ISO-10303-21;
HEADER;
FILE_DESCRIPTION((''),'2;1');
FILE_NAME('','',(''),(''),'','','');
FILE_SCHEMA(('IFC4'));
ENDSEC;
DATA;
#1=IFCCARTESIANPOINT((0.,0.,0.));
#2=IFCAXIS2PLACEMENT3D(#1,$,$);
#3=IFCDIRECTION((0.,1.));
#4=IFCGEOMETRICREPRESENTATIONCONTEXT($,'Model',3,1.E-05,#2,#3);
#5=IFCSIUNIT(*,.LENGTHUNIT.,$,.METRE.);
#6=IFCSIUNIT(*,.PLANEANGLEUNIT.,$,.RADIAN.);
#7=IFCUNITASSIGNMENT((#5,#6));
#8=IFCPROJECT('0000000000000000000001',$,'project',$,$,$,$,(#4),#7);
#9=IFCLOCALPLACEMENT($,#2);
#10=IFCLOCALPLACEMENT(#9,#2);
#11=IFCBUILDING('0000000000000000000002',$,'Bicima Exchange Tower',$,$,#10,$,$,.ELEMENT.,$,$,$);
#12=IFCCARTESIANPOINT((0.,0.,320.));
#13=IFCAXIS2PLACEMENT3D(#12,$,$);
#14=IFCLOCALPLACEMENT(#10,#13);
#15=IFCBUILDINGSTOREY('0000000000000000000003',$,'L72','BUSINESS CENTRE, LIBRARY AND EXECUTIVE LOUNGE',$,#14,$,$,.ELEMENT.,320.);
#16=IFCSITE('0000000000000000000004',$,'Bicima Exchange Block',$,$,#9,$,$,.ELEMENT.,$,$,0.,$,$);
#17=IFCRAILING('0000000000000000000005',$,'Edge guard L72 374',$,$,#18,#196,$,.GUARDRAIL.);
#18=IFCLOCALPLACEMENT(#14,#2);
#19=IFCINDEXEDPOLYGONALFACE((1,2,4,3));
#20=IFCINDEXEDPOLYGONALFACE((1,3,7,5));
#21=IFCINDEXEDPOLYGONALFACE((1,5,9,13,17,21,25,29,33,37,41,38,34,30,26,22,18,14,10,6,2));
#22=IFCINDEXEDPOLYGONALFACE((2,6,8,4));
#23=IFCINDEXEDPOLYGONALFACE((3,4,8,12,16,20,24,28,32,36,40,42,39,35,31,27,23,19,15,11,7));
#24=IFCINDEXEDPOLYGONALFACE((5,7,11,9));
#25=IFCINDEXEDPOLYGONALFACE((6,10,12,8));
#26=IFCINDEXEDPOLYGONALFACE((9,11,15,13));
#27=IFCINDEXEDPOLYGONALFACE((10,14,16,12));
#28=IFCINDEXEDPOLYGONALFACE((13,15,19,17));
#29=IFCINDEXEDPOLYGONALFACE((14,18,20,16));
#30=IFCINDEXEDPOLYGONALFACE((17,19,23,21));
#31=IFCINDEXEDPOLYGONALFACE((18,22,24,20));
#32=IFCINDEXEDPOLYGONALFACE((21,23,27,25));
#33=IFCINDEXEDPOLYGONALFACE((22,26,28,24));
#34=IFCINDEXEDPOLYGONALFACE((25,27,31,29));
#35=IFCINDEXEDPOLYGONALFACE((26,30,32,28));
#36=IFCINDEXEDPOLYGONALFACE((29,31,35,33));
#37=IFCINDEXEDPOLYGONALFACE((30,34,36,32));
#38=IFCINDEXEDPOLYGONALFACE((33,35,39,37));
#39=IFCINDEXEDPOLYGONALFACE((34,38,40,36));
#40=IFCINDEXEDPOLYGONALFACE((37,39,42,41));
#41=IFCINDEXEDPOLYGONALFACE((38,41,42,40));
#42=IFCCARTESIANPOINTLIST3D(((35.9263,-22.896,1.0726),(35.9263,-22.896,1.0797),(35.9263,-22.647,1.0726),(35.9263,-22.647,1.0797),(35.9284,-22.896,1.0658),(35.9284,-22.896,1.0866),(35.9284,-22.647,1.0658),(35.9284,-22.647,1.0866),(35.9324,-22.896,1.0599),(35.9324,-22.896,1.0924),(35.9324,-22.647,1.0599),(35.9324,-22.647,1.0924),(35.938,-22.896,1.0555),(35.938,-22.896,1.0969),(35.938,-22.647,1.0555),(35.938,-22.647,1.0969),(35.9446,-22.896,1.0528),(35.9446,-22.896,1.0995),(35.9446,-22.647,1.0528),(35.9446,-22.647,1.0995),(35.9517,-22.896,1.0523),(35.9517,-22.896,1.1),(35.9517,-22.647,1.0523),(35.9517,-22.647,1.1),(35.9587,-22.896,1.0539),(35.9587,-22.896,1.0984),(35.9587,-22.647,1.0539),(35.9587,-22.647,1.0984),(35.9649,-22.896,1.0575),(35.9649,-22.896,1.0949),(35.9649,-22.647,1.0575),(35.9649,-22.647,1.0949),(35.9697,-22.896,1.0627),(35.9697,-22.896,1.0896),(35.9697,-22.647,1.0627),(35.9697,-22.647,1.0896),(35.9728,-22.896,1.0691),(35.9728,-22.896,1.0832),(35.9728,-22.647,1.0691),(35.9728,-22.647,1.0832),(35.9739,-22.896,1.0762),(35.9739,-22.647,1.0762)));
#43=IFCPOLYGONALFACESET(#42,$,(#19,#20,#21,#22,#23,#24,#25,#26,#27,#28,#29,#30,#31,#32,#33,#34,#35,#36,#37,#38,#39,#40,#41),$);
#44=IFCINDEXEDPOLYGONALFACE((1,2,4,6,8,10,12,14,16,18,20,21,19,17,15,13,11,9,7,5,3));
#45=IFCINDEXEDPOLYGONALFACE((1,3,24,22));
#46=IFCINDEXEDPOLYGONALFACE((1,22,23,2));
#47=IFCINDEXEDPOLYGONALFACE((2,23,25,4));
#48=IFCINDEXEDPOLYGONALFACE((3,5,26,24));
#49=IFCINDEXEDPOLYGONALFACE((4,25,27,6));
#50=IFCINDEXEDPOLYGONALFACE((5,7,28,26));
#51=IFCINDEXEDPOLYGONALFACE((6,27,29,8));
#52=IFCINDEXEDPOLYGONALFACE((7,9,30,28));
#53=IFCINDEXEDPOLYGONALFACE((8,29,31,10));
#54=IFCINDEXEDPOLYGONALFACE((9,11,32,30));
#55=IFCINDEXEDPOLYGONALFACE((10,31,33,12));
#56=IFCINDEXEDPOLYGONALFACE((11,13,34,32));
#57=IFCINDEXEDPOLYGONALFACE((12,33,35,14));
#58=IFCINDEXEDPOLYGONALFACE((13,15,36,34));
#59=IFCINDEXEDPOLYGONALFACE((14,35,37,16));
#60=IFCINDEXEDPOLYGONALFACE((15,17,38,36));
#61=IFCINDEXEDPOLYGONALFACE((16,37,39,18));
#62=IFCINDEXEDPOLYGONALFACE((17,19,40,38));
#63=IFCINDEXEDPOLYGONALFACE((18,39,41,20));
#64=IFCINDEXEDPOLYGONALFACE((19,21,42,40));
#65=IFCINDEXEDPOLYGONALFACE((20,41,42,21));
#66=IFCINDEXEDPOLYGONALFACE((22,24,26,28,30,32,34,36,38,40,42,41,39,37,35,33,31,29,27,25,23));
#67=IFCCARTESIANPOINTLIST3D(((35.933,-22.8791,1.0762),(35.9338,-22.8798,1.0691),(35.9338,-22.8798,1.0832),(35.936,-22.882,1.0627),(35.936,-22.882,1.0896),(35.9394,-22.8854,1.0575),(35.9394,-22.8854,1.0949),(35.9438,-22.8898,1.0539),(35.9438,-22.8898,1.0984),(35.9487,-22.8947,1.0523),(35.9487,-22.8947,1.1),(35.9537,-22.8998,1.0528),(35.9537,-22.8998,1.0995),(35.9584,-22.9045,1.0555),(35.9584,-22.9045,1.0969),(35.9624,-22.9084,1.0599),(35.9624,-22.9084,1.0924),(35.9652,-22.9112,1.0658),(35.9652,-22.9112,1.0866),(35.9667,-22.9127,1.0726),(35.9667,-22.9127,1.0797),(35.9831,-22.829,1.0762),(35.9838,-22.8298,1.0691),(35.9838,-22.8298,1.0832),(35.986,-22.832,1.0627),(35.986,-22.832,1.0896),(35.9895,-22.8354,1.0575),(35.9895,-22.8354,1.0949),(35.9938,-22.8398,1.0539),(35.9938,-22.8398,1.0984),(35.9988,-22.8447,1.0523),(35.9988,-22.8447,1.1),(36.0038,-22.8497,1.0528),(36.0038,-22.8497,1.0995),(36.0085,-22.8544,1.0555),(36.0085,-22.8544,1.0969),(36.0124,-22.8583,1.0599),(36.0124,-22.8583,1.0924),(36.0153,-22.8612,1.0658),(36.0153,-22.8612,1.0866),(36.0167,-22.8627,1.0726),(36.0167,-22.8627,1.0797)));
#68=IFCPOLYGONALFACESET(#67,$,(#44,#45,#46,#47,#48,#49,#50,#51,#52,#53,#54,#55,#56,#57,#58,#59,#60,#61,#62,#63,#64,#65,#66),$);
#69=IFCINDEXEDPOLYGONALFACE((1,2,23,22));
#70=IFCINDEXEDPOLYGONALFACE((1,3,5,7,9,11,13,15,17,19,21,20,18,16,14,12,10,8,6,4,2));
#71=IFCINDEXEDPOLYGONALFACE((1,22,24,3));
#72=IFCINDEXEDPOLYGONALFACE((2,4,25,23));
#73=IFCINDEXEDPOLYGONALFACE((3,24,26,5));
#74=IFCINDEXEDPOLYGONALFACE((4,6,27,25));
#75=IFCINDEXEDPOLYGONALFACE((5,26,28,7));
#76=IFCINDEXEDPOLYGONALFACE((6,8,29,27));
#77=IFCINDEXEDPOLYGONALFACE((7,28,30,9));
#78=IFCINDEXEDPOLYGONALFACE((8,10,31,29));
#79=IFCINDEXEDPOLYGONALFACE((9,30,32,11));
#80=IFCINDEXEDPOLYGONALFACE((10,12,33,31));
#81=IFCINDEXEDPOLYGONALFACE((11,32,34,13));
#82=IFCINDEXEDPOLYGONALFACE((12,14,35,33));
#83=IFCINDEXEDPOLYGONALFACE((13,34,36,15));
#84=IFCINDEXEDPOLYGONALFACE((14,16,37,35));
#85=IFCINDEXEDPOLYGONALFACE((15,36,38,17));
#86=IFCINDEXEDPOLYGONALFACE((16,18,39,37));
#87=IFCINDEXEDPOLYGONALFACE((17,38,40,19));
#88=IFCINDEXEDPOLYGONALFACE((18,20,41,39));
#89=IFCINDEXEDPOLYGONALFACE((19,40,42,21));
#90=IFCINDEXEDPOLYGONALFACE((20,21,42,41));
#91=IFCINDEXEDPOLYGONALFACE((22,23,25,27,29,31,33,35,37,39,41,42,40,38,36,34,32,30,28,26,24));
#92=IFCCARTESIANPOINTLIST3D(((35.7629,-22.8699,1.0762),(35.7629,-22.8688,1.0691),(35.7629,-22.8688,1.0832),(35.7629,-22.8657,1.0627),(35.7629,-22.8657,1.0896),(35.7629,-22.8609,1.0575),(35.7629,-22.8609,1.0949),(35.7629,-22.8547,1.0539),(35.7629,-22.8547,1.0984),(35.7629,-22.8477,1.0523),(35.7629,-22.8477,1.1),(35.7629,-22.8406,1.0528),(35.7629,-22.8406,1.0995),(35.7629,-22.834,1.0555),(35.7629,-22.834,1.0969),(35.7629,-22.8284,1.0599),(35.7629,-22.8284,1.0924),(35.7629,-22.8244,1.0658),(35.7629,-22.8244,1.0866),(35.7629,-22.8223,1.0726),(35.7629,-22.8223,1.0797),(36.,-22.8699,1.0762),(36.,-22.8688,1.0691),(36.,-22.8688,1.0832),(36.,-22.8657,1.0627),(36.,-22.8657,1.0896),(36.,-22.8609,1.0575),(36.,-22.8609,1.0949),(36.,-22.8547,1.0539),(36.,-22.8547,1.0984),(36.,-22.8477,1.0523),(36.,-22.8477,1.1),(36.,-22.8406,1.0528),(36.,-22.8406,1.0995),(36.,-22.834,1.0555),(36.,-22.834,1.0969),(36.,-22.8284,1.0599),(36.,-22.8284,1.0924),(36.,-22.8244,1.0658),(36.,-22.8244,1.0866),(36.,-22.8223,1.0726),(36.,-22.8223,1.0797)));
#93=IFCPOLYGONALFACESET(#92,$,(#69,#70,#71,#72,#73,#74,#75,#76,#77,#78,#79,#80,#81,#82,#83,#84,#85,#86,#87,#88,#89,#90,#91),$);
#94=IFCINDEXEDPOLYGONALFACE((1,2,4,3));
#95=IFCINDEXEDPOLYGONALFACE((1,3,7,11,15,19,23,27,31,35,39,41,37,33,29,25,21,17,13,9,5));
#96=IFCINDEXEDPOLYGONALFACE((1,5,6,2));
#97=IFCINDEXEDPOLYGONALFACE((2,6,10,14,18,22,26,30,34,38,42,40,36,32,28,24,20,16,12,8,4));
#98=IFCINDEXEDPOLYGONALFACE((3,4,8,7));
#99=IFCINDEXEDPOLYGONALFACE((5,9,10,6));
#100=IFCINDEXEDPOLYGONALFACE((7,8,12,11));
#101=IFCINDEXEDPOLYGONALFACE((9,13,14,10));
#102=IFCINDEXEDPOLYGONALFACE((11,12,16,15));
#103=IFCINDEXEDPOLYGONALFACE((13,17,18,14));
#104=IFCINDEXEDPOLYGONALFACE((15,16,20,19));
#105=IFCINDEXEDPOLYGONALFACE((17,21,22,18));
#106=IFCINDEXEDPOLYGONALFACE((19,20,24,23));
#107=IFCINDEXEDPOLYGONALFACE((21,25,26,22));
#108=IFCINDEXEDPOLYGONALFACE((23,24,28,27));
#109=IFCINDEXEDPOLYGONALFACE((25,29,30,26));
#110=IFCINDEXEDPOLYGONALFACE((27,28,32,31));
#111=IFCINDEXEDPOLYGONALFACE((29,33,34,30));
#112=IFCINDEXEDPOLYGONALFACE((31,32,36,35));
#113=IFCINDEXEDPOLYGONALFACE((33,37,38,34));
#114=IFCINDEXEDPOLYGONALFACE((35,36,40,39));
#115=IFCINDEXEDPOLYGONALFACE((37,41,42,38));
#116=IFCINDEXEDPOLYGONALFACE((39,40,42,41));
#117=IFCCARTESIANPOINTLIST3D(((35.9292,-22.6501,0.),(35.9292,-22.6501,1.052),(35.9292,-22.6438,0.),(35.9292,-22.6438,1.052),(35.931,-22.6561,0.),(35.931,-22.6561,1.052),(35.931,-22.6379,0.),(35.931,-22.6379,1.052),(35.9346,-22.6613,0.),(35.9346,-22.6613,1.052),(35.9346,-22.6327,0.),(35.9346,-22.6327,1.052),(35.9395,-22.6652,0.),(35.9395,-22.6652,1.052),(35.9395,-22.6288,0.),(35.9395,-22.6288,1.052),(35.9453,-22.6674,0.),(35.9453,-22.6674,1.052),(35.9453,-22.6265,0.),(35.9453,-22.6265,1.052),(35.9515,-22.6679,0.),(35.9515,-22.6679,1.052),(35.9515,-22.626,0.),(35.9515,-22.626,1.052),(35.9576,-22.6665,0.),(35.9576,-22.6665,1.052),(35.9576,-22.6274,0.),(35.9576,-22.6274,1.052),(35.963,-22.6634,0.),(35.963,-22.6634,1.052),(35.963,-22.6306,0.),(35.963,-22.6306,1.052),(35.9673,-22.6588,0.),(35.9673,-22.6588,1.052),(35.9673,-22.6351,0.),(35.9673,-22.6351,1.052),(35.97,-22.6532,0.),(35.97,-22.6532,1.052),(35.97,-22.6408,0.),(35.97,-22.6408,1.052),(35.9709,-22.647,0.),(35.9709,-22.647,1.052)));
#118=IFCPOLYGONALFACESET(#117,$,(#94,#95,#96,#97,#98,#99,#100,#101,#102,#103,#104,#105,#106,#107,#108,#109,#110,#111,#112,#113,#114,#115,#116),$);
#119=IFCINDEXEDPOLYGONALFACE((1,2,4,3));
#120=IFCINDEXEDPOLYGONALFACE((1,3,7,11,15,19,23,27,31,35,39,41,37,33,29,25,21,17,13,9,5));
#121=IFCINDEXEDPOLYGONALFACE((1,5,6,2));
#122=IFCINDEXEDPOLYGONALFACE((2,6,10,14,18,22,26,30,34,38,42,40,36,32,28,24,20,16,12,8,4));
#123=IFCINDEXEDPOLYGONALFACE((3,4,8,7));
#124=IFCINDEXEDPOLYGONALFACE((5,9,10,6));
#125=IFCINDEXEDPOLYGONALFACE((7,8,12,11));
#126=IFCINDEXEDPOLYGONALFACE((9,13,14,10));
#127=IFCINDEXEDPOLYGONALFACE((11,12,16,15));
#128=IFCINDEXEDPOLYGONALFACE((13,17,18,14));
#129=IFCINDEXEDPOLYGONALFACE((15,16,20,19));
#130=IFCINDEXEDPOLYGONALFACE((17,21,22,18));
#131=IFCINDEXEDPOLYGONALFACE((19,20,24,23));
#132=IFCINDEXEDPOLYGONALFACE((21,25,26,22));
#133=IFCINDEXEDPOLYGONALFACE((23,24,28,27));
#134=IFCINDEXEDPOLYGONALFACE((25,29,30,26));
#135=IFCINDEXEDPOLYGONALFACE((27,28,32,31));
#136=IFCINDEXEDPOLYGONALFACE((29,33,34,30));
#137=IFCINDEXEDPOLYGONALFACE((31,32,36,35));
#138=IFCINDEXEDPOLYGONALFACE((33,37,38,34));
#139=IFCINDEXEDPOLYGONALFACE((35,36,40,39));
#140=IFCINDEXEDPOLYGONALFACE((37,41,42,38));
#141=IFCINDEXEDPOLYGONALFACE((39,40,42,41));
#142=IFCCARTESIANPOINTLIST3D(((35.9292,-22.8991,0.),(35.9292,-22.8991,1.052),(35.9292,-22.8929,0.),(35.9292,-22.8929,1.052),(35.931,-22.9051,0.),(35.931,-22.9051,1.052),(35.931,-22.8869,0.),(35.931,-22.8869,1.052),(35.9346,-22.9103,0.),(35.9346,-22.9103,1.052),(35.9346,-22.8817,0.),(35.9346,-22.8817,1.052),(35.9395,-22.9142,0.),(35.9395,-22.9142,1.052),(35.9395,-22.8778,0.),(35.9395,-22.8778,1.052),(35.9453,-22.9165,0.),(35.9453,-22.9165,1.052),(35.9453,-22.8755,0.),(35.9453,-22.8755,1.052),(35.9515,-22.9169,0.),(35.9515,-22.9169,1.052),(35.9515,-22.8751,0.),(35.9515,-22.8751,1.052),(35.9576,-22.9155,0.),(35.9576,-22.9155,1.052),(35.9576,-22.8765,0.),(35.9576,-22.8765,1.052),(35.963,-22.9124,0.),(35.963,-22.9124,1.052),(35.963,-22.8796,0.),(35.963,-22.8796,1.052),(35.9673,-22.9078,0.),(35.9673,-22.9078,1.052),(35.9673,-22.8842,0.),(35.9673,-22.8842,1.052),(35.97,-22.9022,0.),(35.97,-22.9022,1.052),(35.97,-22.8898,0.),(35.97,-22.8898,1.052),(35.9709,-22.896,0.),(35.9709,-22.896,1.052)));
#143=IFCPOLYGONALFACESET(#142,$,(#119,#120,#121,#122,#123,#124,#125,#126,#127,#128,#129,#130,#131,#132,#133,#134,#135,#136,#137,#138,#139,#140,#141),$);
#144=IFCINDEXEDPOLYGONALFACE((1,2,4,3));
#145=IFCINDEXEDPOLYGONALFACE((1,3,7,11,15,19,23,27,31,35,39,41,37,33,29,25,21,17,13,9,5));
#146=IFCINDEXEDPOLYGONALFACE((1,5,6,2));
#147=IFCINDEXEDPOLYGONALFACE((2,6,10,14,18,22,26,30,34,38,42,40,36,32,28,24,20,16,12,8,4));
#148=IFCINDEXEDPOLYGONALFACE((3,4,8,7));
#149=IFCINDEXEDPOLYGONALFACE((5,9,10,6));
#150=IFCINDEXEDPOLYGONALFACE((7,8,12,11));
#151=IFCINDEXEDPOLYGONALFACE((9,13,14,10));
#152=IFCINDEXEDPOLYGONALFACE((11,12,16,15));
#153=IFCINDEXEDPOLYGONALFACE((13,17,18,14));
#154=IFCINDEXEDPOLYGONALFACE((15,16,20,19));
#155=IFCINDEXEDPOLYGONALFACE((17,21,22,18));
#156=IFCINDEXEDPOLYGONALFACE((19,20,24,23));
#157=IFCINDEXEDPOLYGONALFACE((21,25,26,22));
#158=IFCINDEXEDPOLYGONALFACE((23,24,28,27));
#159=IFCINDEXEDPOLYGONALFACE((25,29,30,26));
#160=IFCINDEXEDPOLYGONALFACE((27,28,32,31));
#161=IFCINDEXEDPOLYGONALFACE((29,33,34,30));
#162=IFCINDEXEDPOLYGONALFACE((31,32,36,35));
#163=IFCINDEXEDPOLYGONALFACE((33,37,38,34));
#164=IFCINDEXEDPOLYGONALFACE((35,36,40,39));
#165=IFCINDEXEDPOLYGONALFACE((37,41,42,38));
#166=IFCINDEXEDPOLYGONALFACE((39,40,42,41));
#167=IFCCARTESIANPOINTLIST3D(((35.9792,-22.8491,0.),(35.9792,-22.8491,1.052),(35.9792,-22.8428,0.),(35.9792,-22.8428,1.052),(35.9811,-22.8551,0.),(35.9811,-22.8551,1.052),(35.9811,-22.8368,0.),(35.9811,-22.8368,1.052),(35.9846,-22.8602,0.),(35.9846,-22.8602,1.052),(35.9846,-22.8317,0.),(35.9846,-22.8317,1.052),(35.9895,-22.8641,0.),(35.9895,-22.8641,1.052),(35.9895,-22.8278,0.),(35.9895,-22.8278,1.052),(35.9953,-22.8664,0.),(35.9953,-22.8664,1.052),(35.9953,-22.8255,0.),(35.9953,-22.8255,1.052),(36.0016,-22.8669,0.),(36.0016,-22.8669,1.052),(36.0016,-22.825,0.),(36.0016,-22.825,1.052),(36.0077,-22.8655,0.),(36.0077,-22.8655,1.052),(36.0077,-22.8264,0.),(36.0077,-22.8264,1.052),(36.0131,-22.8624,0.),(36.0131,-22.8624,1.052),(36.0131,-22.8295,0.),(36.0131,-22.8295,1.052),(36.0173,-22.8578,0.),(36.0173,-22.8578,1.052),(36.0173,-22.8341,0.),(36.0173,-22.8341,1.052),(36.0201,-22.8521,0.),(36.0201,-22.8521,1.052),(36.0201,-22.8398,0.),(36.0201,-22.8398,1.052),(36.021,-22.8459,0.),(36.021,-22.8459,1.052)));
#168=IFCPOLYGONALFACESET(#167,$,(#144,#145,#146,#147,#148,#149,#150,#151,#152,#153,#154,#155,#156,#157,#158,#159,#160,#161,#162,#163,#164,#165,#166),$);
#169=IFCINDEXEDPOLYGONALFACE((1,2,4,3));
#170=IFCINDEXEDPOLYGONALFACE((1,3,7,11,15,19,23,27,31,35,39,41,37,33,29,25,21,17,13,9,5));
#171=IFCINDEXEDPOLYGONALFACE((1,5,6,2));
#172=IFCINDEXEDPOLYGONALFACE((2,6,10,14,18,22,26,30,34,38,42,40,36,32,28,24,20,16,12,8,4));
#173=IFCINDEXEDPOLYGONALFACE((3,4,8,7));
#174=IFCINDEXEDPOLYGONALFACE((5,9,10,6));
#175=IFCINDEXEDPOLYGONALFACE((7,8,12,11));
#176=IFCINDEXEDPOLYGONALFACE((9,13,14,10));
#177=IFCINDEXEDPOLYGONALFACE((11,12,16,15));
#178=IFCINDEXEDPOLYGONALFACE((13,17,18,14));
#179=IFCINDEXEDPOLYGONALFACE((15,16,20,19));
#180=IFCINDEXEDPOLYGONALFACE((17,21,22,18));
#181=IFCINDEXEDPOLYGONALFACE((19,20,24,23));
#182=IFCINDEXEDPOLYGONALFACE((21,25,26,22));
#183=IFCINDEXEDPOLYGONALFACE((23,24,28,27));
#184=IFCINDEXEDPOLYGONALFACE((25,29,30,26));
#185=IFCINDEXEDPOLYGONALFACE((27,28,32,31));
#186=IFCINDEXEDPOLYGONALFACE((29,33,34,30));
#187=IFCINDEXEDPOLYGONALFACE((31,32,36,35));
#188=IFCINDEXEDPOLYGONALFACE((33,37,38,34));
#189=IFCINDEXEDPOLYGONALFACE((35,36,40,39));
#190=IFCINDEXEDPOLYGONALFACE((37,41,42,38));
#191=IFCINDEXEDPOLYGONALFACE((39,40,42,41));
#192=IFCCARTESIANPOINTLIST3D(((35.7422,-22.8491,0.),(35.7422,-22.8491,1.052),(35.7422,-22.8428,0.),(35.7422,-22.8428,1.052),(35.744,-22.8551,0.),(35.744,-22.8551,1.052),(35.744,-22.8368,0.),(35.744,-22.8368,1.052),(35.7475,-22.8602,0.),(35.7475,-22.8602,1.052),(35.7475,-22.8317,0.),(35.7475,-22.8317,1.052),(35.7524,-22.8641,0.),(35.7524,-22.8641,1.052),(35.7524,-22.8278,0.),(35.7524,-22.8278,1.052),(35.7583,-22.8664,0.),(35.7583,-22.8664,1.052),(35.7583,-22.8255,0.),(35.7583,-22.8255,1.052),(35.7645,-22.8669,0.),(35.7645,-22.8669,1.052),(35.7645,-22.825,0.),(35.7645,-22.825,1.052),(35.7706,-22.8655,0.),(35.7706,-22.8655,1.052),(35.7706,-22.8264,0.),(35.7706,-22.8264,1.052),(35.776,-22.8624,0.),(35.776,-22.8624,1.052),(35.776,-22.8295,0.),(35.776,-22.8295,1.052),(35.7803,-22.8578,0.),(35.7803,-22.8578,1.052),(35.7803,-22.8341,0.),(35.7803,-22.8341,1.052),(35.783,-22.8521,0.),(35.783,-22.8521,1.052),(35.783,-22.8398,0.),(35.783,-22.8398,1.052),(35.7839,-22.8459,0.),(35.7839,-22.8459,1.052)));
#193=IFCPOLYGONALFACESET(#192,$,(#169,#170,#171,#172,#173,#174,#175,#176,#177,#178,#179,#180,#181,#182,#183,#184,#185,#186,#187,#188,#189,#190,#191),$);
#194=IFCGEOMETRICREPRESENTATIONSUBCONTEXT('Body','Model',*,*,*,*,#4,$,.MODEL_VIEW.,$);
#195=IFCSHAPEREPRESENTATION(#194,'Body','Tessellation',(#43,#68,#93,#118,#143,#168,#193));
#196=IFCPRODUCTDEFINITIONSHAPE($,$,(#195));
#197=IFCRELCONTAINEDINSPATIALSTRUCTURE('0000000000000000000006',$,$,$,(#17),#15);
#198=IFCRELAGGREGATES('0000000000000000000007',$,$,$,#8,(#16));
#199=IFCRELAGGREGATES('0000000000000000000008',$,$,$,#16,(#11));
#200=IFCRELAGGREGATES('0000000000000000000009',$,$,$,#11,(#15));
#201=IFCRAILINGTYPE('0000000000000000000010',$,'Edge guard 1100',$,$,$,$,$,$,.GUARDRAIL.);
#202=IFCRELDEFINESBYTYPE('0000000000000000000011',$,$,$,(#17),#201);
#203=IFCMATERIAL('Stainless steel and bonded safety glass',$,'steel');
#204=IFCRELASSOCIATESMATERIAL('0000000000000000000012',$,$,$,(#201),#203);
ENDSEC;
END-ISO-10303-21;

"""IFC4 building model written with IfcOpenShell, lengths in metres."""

from ifc_helpers import new_model, si_unit, direction, frame, origin, origin_2d, place, context, subcontext, project, spatial, circle, extrude, material, type_object, element, save


model = new_model("IFC4")

# Units and contexts
model_context = context("Model", 3, precision=1e-05, world=origin(), true_north=direction((0.0, 1.0)))
body_context = subcontext(model_context, "Body", "Model", "MODEL_VIEW")
ifc_project = project(units=[si_unit("LENGTHUNIT", "METRE"), si_unit("PLANEANGLEUNIT", "RADIAN")], contexts=[model_context])

# Site, building, storey
site_placement = place(None, origin())
site = spatial("IfcSite", under=ifc_project, at=site_placement, Name="Bicima Exchange Block", CompositionType="ELEMENT", RefElevation=0.0)
building_placement = place(site_placement, origin())
building = spatial("IfcBuilding", under=site, at=building_placement, Name="Bicima Exchange Tower", CompositionType="ELEMENT")
storey_placement = place(building_placement, frame((0.0, 0.0, 320.0)))
storey = spatial("IfcBuildingStorey", under=building, at=storey_placement, Name="L72", Description="BUSINESS CENTRE, LIBRARY AND EXECUTIVE LOUNGE", CompositionType="ELEMENT", Elevation=320.0)

# Railing
ifc_material_1 = material(Name="Stainless steel and bonded safety glass", Category="steel")
railing_type = type_object("IfcRailingType", Name="Edge guard 1100", PredefinedType="GUARDRAIL", material=ifc_material_1)
railing_1_placement = place(storey_placement, frame((35.95, -22.647, 0.0)))
element("IfcRailing", 1, at=railing_1_placement, inside=storey, type_object=railing_type, Name="Edge guard L72 374", PredefinedType="GUARDRAIL", context=body_context, shape_type="SweptSolid", body=[
    extrude(circle(Radius=0.0239, at=origin_2d()), frame((0.0, 0.0, 1.0762), z_axis=(0.0, -1.0, 0.0), x_axis=(1.0, 0.0, 0.0)), (0.0, 0.0, 1.0), 0.249),
    extrude(circle(Radius=0.0239, at=origin_2d()), frame((0.0, -0.249, 1.0762), z_axis=(0.707107, 0.707107, 0.0), x_axis=(-0.707107, 0.707107, 0.0)), (0.0, 0.0, 1.0), 0.0708),
    extrude(circle(Radius=0.0239, at=origin_2d()), frame((0.05, -0.199, 1.0762), z_axis=(-1.0, 0.0, 0.0), x_axis=(0.0, -1.0, 0.0)), (0.0, 0.0, 1.0), 0.2371),
    extrude(circle(Radius=0.021, at=origin_2d()), origin(), (0.0, 0.0, 1.0), 1.052),
    extrude(circle(Radius=0.021, at=origin_2d()), frame((0.0, -0.249, 0.0)), (0.0, 0.0, 1.0), 1.052),
    extrude(circle(Radius=0.021, at=origin_2d()), frame((0.05, -0.199, 0.0)), (0.0, 0.0, 1.0), 1.052),
    extrude(circle(Radius=0.021, at=origin_2d()), frame((-0.187, -0.199, 0.0)), (0.0, 0.0, 1.0), 1.052),
])

save(model, "model.ifc")
